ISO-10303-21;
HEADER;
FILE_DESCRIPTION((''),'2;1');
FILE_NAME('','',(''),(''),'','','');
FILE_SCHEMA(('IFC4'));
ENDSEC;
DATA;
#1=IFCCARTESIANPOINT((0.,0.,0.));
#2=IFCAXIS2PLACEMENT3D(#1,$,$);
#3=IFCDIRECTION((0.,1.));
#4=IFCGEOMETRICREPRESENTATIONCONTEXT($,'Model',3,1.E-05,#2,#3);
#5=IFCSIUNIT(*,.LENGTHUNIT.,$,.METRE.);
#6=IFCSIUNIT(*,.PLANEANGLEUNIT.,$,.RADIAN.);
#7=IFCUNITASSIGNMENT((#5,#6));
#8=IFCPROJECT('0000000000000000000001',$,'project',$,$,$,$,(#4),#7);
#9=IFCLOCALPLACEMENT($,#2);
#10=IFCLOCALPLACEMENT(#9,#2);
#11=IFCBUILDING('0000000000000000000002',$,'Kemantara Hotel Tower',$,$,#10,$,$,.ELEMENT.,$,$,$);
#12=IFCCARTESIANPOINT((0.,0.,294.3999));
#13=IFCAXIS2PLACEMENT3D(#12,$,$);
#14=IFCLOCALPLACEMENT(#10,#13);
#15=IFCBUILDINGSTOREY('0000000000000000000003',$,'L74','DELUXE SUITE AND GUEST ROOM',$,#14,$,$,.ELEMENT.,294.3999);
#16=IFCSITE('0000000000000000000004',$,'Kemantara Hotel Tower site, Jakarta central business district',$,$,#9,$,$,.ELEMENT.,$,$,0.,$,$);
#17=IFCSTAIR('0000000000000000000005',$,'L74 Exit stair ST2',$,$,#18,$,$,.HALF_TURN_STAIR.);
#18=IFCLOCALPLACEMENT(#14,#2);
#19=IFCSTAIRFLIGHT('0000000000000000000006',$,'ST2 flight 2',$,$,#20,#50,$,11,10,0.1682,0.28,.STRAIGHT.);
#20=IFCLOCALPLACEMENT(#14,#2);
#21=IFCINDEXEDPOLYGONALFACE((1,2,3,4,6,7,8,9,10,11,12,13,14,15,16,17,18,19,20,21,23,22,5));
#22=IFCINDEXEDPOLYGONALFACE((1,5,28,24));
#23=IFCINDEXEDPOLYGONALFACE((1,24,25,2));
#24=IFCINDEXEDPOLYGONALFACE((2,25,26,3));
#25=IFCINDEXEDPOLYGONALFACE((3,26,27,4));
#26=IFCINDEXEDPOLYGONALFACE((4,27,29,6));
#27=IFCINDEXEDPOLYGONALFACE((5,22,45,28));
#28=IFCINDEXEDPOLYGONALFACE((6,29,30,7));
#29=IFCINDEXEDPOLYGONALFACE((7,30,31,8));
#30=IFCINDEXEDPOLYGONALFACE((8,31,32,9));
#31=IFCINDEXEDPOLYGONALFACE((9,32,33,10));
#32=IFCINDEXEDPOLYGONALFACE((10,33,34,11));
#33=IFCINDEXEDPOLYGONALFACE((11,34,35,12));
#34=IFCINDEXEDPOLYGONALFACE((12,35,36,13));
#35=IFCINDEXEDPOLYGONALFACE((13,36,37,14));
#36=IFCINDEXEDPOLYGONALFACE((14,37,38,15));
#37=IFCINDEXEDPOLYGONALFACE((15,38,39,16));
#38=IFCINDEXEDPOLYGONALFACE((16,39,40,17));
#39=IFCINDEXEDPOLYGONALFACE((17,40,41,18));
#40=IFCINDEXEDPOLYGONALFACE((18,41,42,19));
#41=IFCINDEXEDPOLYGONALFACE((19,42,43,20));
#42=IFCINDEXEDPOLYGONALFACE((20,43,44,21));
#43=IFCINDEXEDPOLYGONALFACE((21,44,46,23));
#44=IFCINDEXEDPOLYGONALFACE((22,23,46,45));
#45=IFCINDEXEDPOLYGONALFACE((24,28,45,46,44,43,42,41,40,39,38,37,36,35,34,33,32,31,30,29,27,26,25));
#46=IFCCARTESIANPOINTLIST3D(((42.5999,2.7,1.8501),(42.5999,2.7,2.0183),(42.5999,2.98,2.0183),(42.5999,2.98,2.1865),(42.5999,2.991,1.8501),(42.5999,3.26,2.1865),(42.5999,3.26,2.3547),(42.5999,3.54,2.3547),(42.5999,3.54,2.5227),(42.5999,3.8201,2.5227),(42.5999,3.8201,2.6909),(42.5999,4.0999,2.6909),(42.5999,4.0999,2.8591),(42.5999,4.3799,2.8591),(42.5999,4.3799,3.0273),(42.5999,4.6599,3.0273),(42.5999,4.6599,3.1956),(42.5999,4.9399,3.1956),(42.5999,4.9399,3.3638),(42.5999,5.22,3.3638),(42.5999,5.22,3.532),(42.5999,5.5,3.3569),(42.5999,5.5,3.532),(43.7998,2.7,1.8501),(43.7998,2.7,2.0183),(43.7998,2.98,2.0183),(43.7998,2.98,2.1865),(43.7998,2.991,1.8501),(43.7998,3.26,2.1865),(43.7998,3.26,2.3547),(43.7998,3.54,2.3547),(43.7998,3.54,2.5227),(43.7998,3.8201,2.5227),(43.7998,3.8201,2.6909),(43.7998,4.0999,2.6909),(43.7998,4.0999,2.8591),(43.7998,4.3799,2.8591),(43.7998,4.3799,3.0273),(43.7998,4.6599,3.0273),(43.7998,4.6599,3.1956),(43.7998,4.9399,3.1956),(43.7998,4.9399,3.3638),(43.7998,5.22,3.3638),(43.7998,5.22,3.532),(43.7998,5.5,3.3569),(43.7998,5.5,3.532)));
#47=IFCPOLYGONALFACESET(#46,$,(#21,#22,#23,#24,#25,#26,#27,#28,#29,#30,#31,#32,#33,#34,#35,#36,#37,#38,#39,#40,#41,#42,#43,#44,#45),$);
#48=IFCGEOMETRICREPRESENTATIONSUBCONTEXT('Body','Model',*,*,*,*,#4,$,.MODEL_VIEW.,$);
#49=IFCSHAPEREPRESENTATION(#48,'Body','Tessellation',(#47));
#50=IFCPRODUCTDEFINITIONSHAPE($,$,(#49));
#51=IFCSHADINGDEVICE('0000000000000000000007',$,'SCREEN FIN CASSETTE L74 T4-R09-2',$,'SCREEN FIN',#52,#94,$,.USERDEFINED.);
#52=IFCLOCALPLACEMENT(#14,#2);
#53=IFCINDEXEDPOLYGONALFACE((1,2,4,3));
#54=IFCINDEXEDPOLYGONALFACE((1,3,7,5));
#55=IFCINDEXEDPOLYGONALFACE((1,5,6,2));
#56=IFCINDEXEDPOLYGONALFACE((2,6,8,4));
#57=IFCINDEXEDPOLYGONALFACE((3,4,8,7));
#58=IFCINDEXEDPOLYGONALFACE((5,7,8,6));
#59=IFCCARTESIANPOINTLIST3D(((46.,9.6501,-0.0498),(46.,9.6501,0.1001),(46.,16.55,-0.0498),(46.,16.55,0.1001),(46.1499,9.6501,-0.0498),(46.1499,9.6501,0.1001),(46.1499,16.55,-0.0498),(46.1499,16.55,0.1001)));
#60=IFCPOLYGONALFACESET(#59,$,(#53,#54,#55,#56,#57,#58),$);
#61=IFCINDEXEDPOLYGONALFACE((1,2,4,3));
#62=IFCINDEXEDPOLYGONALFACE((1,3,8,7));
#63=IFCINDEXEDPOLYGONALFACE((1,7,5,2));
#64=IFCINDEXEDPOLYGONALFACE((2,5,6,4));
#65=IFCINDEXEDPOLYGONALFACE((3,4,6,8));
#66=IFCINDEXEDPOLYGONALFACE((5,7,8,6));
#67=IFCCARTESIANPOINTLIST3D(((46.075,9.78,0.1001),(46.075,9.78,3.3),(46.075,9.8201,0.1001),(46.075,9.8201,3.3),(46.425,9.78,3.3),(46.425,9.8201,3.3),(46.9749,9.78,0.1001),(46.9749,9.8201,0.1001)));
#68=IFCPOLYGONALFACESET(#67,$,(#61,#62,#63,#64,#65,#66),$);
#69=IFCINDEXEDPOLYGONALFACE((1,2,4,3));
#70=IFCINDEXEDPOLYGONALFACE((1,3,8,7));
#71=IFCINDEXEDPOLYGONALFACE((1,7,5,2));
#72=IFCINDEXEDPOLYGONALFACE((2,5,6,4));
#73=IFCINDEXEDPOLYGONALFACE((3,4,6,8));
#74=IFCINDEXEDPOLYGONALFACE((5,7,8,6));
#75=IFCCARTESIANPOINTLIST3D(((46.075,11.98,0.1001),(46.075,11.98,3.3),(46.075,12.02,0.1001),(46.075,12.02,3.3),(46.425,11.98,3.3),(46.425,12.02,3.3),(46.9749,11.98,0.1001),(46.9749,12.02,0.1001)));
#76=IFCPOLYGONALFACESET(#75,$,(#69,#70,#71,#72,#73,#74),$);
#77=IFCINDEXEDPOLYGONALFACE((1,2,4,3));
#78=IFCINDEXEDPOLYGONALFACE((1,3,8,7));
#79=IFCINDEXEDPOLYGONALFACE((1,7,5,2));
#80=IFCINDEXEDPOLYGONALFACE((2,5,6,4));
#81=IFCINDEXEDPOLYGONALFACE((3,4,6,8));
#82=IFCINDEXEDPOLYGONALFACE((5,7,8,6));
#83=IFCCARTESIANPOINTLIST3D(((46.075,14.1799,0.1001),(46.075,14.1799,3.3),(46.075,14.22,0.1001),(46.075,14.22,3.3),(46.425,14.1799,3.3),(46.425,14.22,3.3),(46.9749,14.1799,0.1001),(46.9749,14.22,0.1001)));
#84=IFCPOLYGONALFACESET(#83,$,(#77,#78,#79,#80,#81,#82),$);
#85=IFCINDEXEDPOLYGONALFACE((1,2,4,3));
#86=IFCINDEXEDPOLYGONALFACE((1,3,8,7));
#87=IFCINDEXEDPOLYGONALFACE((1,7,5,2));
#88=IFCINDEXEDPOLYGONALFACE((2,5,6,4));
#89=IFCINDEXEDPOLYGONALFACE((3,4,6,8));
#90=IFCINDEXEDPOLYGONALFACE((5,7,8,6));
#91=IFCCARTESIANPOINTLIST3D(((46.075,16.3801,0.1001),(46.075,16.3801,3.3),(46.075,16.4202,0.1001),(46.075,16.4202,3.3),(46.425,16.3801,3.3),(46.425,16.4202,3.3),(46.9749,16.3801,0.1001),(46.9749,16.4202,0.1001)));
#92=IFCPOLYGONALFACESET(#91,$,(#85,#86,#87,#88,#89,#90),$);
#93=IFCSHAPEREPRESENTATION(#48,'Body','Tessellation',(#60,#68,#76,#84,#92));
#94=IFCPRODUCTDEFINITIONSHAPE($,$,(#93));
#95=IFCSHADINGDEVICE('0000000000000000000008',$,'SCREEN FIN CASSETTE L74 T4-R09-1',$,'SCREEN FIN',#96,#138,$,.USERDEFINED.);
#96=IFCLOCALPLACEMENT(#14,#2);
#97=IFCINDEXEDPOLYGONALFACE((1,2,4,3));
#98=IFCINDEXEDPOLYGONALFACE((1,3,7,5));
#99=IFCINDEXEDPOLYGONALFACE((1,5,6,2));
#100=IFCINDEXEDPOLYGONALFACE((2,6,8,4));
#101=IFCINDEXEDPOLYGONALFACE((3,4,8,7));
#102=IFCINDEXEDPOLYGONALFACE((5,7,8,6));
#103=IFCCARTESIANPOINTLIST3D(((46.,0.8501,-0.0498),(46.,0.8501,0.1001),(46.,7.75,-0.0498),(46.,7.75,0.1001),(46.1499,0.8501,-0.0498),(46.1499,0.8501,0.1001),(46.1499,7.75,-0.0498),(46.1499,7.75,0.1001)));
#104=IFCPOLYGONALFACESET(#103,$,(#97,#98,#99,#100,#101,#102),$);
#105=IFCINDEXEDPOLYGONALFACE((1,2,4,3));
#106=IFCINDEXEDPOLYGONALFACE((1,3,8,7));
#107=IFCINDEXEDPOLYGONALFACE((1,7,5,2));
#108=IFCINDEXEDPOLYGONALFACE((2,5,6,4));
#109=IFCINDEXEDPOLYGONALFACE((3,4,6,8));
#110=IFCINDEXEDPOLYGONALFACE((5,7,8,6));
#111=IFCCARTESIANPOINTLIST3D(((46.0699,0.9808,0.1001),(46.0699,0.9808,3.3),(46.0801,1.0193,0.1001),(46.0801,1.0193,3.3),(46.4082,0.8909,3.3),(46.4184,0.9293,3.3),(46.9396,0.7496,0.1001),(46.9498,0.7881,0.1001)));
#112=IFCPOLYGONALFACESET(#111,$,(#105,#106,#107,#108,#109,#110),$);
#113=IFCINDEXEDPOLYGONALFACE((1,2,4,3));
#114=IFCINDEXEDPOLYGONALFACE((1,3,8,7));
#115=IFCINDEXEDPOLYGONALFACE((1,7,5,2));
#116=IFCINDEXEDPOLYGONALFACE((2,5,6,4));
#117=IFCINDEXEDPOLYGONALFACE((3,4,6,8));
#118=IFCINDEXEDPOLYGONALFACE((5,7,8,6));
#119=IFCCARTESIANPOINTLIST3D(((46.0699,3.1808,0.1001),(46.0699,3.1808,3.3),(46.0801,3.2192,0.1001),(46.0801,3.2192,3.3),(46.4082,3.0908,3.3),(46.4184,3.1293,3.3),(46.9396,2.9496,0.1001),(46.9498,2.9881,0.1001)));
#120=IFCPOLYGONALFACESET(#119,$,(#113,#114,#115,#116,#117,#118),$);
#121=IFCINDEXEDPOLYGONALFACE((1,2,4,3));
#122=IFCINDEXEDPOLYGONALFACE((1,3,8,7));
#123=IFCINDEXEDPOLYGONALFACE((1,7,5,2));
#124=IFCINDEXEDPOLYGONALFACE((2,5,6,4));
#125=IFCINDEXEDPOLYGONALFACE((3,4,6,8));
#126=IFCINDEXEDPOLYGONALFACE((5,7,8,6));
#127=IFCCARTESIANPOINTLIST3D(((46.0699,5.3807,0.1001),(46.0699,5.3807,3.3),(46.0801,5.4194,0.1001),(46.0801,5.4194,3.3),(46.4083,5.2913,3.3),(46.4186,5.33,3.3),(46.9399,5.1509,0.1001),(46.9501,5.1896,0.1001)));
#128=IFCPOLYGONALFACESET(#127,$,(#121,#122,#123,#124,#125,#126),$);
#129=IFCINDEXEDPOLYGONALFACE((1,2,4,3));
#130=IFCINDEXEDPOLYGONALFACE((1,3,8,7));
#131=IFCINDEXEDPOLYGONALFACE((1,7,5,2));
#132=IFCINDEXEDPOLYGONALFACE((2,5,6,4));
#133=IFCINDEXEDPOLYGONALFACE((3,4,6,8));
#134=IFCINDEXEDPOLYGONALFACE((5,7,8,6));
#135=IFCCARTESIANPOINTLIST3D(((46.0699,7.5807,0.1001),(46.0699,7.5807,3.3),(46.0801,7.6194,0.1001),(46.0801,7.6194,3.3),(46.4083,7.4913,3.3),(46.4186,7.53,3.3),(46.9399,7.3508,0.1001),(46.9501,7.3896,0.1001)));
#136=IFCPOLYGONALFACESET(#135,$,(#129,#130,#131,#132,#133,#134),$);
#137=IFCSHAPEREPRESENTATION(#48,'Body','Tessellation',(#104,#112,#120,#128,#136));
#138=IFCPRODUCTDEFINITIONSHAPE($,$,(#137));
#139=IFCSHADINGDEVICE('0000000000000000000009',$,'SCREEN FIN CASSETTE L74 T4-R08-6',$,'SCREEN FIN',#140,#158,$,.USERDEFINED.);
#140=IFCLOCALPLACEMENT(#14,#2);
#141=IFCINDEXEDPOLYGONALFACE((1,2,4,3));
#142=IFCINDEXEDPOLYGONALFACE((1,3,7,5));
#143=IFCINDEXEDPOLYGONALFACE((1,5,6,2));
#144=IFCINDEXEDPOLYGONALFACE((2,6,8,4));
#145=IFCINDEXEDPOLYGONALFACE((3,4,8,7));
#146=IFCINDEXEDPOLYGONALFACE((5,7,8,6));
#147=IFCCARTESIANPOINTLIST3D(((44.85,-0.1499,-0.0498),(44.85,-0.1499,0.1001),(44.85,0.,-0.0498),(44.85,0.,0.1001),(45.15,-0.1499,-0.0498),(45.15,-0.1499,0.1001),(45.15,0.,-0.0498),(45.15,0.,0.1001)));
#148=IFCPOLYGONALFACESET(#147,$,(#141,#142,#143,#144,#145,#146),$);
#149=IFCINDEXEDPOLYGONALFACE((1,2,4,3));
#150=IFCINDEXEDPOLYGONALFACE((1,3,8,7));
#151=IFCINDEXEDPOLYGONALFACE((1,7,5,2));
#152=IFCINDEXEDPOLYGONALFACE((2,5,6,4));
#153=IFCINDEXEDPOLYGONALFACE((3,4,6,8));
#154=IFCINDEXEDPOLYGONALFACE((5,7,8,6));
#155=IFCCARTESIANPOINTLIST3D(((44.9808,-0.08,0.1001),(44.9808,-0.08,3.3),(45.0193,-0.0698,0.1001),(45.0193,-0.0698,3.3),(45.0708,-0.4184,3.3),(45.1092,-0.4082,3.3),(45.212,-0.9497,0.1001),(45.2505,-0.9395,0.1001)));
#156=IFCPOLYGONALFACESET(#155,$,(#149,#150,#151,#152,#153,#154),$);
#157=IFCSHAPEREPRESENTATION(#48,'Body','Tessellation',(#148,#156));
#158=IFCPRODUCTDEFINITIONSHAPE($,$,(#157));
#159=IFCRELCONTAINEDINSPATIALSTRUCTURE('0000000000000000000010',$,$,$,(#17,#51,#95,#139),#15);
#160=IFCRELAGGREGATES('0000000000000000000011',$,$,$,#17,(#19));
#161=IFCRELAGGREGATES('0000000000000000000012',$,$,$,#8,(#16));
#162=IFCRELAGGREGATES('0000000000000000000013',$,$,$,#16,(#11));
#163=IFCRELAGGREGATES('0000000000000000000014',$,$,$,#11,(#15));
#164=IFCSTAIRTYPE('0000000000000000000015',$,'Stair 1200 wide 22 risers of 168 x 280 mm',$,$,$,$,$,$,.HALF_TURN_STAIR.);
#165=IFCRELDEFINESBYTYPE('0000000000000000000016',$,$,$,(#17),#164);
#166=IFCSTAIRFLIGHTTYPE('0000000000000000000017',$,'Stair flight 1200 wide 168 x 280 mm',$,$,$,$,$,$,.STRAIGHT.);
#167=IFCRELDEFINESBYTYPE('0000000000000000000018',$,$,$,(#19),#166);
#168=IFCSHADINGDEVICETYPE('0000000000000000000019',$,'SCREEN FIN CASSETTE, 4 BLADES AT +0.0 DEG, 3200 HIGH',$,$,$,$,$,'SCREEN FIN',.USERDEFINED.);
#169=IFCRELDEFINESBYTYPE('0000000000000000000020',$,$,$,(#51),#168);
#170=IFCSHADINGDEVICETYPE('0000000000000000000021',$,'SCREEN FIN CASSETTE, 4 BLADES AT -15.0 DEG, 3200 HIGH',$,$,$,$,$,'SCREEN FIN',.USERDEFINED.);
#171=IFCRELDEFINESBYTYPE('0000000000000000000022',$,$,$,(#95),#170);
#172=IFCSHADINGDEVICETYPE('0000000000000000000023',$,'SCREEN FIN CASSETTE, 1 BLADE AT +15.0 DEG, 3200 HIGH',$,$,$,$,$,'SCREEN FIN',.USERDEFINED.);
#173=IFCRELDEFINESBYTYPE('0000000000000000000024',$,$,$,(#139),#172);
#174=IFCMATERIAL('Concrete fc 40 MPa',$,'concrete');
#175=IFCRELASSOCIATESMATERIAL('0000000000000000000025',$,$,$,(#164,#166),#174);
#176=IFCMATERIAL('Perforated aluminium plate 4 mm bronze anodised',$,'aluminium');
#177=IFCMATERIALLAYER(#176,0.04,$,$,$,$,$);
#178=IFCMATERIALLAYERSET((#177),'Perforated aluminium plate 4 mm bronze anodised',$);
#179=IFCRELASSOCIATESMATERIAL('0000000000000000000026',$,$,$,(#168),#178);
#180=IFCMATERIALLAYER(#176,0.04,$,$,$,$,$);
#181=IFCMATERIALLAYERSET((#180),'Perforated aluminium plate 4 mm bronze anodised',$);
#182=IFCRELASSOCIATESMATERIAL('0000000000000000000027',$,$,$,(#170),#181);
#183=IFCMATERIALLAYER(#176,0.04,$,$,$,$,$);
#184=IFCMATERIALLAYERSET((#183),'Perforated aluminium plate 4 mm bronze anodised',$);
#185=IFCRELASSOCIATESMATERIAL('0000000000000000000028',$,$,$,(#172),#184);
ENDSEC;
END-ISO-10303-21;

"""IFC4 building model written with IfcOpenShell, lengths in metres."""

from ifc_helpers import new_model, si_unit, direction, frame, origin, origin_2d, place, context, subcontext, project, spatial, polyline, rectangle, outline, extrude, source, transform, mapped, material, layer, layer_set, type_object, element, aggregate, save


model = new_model("IFC4")

# Units and contexts
model_context = context("Model", 3, precision=1e-05, world=origin(), true_north=direction((0.0, 1.0)))
body_context = subcontext(model_context, "Body", "Model", "MODEL_VIEW")
ifc_project = project(units=[si_unit("LENGTHUNIT", "METRE"), si_unit("PLANEANGLEUNIT", "RADIAN")], contexts=[model_context])

# Site, building, storey
site_placement = place(None, origin())
site = spatial("IfcSite", under=ifc_project, at=site_placement, Name="Kemantara Hotel Tower site, Jakarta central business district", CompositionType="ELEMENT", RefElevation=0.0)
building_placement = place(site_placement, origin())
building = spatial("IfcBuilding", under=site, at=building_placement, Name="Kemantara Hotel Tower", CompositionType="ELEMENT")
storey_placement = place(building_placement, frame((0.0, 0.0, 294.3999)))
storey = spatial("IfcBuildingStorey", under=building, at=storey_placement, Name="L74", Description="DELUXE SUITE AND GUEST ROOM", CompositionType="ELEMENT", Elevation=294.3999)

# Stair, stair flight
ifc_material_1 = material(Name="Concrete fc 40 MPa", Category="concrete")
stair_type = type_object("IfcStairType", Name="Stair 1200 wide 22 risers of 168 x 280 mm", PredefinedType="HALF_TURN_STAIR", material=ifc_material_1)
stair_placement = place(storey_placement, origin())
stair = element("IfcStair", 1, at=stair_placement, inside=storey, type_object=stair_type, Name="L74 Exit stair ST2", PredefinedType="HALF_TURN_STAIR")
stair_flight_type = type_object("IfcStairFlightType", Name="Stair flight 1200 wide 168 x 280 mm", PredefinedType="STRAIGHT", material=ifc_material_1)
stair_flight_placement = place(storey_placement, frame((43.2, 2.7, 1.8501), z_axis=(0.0, 0.0, 1.0), x_axis=(0.0, 1.0, 0.0)))
stair_flight = element("IfcStairFlight", 2, at=stair_flight_placement, type_object=stair_flight_type, Name="ST2 flight 2", NumberOfRisers=11, NumberOfTreads=10, PredefinedType="STRAIGHT", RiserHeight=0.1682, TreadLength=0.28, context=body_context, shape_type="SweptSolid", body=[
    extrude(outline(polyline([(0.0, 0.0), (0.0, 0.1682), (0.28, 0.1682), (0.28, 0.3364), (0.5601, 0.3364), (0.5601, 0.5046), (0.8401, 0.5046), (0.8401, 0.6726), (1.1201, 0.6726), (1.1201, 0.8408), (1.3999, 0.8408), (1.3999, 1.009), (1.6799, 1.009), (1.6799, 1.1772), (1.96, 1.1772), (1.96, 1.3455), (2.24, 1.3455), (2.24, 1.5137), (2.52, 1.5137), (2.52, 1.6819), (2.8, 1.6819), (2.8, 1.8501), (2.8, 1.5068), (0.291, 0.0), (0.0, 0.0)])), frame((0.0, 0.6001, 0.0), z_axis=(0.0, -1.0, 0.0), x_axis=(1.0, 0.0, 0.0)), (0.0, 0.0, 1.0), 1.2),
])
aggregate(stair, [stair_flight])

# Shading devices
ifc_material_2 = material(Name="Perforated aluminium plate 4 mm bronze anodised", Category="aluminium")
ifc_layer_1 = layer(ifc_material_2, 0.04)
ifc_layer_set_1 = layer_set([ifc_layer_1], Name="Perforated aluminium plate 4 mm bronze anodised")
shading_device_type_1 = type_object("IfcShadingDeviceType", Name="SCREEN FIN CASSETTE, 4 BLADES AT +0.0 DEG, 3200 HIGH", ElementType="SCREEN FIN", PredefinedType="USERDEFINED", material=ifc_layer_set_1)
shared_shape_1 = source(origin(), body_context, "Body", "SweptSolid", [
    extrude(rectangle(XDim=6.8999, YDim=0.1499, at=origin_2d()), frame((3.3, -0.075, -0.1499), z_axis=(0.0, 0.0, 1.0), x_axis=(1.0, 0.0, 0.0)), (0.0, 0.0, 1.0), 0.1499),
    extrude(outline(polyline([(0.0, 0.0), (0.8999, 0.0), (0.3501, 3.2), (0.0, 3.2), (0.0, 0.0)])), frame((0.02, -0.075, 0.0), z_axis=(-1.0, 0.0, 0.0), x_axis=(0.0, -1.0, 0.0)), (0.0, 0.0, 1.0), 0.04),
    extrude(outline(polyline([(0.0, 0.0), (0.8999, 0.0), (0.3501, 3.2), (0.0, 3.2), (0.0, 0.0)])), frame((2.22, -0.075, 0.0), z_axis=(-1.0, 0.0, 0.0), x_axis=(0.0, -1.0, 0.0)), (0.0, 0.0, 1.0), 0.04),
    extrude(outline(polyline([(0.0, 0.0), (0.8999, 0.0), (0.3501, 3.2), (0.0, 3.2), (0.0, 0.0)])), frame((4.4199, -0.075, 0.0), z_axis=(-1.0, 0.0, 0.0), x_axis=(0.0, -1.0, 0.0)), (0.0, 0.0, 1.0), 0.04),
    extrude(outline(polyline([(0.0, 0.0), (0.8999, 0.0), (0.3501, 3.2), (0.0, 3.2), (0.0, 0.0)])), frame((6.6201, -0.075, 0.0), z_axis=(-1.0, 0.0, 0.0), x_axis=(0.0, -1.0, 0.0)), (0.0, 0.0, 1.0), 0.04),
])
shading_device_1_placement = place(storey_placement, frame((46.0, 9.8, 0.1001), z_axis=(0.0, 0.0, 1.0), x_axis=(0.0, 1.0, 0.0)))
element("IfcShadingDevice", 3, at=shading_device_1_placement, inside=storey, type_object=shading_device_type_1, Name="SCREEN FIN CASSETTE L74 T4-R09-2", ObjectType="SCREEN FIN", PredefinedType="USERDEFINED", context=body_context, shape_type="MappedRepresentation", body=[
    mapped(shared_shape_1, transform((0.0, 0.0, 0.0))),
])
ifc_layer_2 = layer(ifc_material_2, 0.04)
ifc_layer_set_2 = layer_set([ifc_layer_2], Name="Perforated aluminium plate 4 mm bronze anodised")
shading_device_type_2 = type_object("IfcShadingDeviceType", Name="SCREEN FIN CASSETTE, 4 BLADES AT -15.0 DEG, 3200 HIGH", ElementType="SCREEN FIN", PredefinedType="USERDEFINED", material=ifc_layer_set_2)
shared_shape_2 = source(origin(), body_context, "Body", "SweptSolid", [
    extrude(rectangle(XDim=6.8999, YDim=0.1499, at=origin_2d()), frame((3.3, -0.075, -0.1499), z_axis=(0.0, 0.0, 1.0), x_axis=(1.0, 0.0, 0.0)), (0.0, 0.0, 1.0), 0.1499),
    extrude(outline(polyline([(0.0, 0.0), (0.8999, 0.0), (0.3501, 3.2), (0.0, 3.2), (0.0, 0.0)])), frame((0.0193, -0.0801, 0.0), z_axis=(-0.966438, 0.256901, 0.0), x_axis=(-0.256901, -0.966438, 0.0)), (0.0, 0.0, 1.0), 0.0398),
    extrude(outline(polyline([(0.0, 0.0), (0.8999, 0.0), (0.3501, 3.2), (0.0, 3.2), (0.0, 0.0)])), frame((2.2192, -0.0801, 0.0), z_axis=(-0.966438, 0.256901, 0.0), x_axis=(-0.256901, -0.966438, 0.0)), (0.0, 0.0, 1.0), 0.0398),
    extrude(outline(polyline([(0.0, 0.0), (0.8999, 0.0), (0.3501, 3.2), (0.0, 3.2), (0.0, 0.0)])), frame((4.4194, -0.0801, 0.0), z_axis=(-0.966838, 0.255391, 0.0), x_axis=(-0.255391, -0.966838, 0.0)), (0.0, 0.0, 1.0), 0.04),
    extrude(outline(polyline([(0.0, 0.0), (0.8999, 0.0), (0.3501, 3.2), (0.0, 3.2), (0.0, 0.0)])), frame((6.6194, -0.0801, 0.0), z_axis=(-0.966838, 0.255391, 0.0), x_axis=(-0.255391, -0.966838, 0.0)), (0.0, 0.0, 1.0), 0.04),
])
shading_device_2_placement = place(storey_placement, frame((46.0, 1.0, 0.1001), z_axis=(0.0, 0.0, 1.0), x_axis=(0.0, 1.0, 0.0)))
element("IfcShadingDevice", 4, at=shading_device_2_placement, inside=storey, type_object=shading_device_type_2, Name="SCREEN FIN CASSETTE L74 T4-R09-1", ObjectType="SCREEN FIN", PredefinedType="USERDEFINED", context=body_context, shape_type="MappedRepresentation", body=[
    mapped(shared_shape_2, transform((0.0, 0.0, 0.0))),
])
ifc_layer_3 = layer(ifc_material_2, 0.04)
ifc_layer_set_3 = layer_set([ifc_layer_3], Name="Perforated aluminium plate 4 mm bronze anodised")
shading_device_type_3 = type_object("IfcShadingDeviceType", Name="SCREEN FIN CASSETTE, 1 BLADE AT +15.0 DEG, 3200 HIGH", ElementType="SCREEN FIN", PredefinedType="USERDEFINED", material=ifc_layer_set_3)
shared_shape_3 = source(origin(), body_context, "Body", "SweptSolid", [
    extrude(rectangle(XDim=0.3, YDim=0.1499, at=origin_2d()), frame((0.0, -0.075, -0.1499), z_axis=(0.0, 0.0, 1.0), x_axis=(1.0, 0.0, 0.0)), (0.0, 0.0, 1.0), 0.1499),
    extrude(outline(polyline([(0.0, 0.0), (0.8999, 0.0), (0.3501, 3.2), (0.0, 3.2), (0.0, 0.0)])), frame((0.0193, -0.0698, 0.0), z_axis=(-0.966438, -0.256901, 0.0), x_axis=(0.256901, -0.966438, 0.0)), (0.0, 0.0, 1.0), 0.0398),
])
shading_device_3_placement = place(storey_placement, frame((45.0, 0.0, 0.1001), z_axis=(0.0, 0.0, 1.0), x_axis=(1.0, 0.0, 0.0)))
element("IfcShadingDevice", 5, at=shading_device_3_placement, inside=storey, type_object=shading_device_type_3, Name="SCREEN FIN CASSETTE L74 T4-R08-6", ObjectType="SCREEN FIN", PredefinedType="USERDEFINED", context=body_context, shape_type="MappedRepresentation", body=[
    mapped(shared_shape_3, transform((0.0, 0.0, 0.0))),
])

save(model, "model.ifc")
